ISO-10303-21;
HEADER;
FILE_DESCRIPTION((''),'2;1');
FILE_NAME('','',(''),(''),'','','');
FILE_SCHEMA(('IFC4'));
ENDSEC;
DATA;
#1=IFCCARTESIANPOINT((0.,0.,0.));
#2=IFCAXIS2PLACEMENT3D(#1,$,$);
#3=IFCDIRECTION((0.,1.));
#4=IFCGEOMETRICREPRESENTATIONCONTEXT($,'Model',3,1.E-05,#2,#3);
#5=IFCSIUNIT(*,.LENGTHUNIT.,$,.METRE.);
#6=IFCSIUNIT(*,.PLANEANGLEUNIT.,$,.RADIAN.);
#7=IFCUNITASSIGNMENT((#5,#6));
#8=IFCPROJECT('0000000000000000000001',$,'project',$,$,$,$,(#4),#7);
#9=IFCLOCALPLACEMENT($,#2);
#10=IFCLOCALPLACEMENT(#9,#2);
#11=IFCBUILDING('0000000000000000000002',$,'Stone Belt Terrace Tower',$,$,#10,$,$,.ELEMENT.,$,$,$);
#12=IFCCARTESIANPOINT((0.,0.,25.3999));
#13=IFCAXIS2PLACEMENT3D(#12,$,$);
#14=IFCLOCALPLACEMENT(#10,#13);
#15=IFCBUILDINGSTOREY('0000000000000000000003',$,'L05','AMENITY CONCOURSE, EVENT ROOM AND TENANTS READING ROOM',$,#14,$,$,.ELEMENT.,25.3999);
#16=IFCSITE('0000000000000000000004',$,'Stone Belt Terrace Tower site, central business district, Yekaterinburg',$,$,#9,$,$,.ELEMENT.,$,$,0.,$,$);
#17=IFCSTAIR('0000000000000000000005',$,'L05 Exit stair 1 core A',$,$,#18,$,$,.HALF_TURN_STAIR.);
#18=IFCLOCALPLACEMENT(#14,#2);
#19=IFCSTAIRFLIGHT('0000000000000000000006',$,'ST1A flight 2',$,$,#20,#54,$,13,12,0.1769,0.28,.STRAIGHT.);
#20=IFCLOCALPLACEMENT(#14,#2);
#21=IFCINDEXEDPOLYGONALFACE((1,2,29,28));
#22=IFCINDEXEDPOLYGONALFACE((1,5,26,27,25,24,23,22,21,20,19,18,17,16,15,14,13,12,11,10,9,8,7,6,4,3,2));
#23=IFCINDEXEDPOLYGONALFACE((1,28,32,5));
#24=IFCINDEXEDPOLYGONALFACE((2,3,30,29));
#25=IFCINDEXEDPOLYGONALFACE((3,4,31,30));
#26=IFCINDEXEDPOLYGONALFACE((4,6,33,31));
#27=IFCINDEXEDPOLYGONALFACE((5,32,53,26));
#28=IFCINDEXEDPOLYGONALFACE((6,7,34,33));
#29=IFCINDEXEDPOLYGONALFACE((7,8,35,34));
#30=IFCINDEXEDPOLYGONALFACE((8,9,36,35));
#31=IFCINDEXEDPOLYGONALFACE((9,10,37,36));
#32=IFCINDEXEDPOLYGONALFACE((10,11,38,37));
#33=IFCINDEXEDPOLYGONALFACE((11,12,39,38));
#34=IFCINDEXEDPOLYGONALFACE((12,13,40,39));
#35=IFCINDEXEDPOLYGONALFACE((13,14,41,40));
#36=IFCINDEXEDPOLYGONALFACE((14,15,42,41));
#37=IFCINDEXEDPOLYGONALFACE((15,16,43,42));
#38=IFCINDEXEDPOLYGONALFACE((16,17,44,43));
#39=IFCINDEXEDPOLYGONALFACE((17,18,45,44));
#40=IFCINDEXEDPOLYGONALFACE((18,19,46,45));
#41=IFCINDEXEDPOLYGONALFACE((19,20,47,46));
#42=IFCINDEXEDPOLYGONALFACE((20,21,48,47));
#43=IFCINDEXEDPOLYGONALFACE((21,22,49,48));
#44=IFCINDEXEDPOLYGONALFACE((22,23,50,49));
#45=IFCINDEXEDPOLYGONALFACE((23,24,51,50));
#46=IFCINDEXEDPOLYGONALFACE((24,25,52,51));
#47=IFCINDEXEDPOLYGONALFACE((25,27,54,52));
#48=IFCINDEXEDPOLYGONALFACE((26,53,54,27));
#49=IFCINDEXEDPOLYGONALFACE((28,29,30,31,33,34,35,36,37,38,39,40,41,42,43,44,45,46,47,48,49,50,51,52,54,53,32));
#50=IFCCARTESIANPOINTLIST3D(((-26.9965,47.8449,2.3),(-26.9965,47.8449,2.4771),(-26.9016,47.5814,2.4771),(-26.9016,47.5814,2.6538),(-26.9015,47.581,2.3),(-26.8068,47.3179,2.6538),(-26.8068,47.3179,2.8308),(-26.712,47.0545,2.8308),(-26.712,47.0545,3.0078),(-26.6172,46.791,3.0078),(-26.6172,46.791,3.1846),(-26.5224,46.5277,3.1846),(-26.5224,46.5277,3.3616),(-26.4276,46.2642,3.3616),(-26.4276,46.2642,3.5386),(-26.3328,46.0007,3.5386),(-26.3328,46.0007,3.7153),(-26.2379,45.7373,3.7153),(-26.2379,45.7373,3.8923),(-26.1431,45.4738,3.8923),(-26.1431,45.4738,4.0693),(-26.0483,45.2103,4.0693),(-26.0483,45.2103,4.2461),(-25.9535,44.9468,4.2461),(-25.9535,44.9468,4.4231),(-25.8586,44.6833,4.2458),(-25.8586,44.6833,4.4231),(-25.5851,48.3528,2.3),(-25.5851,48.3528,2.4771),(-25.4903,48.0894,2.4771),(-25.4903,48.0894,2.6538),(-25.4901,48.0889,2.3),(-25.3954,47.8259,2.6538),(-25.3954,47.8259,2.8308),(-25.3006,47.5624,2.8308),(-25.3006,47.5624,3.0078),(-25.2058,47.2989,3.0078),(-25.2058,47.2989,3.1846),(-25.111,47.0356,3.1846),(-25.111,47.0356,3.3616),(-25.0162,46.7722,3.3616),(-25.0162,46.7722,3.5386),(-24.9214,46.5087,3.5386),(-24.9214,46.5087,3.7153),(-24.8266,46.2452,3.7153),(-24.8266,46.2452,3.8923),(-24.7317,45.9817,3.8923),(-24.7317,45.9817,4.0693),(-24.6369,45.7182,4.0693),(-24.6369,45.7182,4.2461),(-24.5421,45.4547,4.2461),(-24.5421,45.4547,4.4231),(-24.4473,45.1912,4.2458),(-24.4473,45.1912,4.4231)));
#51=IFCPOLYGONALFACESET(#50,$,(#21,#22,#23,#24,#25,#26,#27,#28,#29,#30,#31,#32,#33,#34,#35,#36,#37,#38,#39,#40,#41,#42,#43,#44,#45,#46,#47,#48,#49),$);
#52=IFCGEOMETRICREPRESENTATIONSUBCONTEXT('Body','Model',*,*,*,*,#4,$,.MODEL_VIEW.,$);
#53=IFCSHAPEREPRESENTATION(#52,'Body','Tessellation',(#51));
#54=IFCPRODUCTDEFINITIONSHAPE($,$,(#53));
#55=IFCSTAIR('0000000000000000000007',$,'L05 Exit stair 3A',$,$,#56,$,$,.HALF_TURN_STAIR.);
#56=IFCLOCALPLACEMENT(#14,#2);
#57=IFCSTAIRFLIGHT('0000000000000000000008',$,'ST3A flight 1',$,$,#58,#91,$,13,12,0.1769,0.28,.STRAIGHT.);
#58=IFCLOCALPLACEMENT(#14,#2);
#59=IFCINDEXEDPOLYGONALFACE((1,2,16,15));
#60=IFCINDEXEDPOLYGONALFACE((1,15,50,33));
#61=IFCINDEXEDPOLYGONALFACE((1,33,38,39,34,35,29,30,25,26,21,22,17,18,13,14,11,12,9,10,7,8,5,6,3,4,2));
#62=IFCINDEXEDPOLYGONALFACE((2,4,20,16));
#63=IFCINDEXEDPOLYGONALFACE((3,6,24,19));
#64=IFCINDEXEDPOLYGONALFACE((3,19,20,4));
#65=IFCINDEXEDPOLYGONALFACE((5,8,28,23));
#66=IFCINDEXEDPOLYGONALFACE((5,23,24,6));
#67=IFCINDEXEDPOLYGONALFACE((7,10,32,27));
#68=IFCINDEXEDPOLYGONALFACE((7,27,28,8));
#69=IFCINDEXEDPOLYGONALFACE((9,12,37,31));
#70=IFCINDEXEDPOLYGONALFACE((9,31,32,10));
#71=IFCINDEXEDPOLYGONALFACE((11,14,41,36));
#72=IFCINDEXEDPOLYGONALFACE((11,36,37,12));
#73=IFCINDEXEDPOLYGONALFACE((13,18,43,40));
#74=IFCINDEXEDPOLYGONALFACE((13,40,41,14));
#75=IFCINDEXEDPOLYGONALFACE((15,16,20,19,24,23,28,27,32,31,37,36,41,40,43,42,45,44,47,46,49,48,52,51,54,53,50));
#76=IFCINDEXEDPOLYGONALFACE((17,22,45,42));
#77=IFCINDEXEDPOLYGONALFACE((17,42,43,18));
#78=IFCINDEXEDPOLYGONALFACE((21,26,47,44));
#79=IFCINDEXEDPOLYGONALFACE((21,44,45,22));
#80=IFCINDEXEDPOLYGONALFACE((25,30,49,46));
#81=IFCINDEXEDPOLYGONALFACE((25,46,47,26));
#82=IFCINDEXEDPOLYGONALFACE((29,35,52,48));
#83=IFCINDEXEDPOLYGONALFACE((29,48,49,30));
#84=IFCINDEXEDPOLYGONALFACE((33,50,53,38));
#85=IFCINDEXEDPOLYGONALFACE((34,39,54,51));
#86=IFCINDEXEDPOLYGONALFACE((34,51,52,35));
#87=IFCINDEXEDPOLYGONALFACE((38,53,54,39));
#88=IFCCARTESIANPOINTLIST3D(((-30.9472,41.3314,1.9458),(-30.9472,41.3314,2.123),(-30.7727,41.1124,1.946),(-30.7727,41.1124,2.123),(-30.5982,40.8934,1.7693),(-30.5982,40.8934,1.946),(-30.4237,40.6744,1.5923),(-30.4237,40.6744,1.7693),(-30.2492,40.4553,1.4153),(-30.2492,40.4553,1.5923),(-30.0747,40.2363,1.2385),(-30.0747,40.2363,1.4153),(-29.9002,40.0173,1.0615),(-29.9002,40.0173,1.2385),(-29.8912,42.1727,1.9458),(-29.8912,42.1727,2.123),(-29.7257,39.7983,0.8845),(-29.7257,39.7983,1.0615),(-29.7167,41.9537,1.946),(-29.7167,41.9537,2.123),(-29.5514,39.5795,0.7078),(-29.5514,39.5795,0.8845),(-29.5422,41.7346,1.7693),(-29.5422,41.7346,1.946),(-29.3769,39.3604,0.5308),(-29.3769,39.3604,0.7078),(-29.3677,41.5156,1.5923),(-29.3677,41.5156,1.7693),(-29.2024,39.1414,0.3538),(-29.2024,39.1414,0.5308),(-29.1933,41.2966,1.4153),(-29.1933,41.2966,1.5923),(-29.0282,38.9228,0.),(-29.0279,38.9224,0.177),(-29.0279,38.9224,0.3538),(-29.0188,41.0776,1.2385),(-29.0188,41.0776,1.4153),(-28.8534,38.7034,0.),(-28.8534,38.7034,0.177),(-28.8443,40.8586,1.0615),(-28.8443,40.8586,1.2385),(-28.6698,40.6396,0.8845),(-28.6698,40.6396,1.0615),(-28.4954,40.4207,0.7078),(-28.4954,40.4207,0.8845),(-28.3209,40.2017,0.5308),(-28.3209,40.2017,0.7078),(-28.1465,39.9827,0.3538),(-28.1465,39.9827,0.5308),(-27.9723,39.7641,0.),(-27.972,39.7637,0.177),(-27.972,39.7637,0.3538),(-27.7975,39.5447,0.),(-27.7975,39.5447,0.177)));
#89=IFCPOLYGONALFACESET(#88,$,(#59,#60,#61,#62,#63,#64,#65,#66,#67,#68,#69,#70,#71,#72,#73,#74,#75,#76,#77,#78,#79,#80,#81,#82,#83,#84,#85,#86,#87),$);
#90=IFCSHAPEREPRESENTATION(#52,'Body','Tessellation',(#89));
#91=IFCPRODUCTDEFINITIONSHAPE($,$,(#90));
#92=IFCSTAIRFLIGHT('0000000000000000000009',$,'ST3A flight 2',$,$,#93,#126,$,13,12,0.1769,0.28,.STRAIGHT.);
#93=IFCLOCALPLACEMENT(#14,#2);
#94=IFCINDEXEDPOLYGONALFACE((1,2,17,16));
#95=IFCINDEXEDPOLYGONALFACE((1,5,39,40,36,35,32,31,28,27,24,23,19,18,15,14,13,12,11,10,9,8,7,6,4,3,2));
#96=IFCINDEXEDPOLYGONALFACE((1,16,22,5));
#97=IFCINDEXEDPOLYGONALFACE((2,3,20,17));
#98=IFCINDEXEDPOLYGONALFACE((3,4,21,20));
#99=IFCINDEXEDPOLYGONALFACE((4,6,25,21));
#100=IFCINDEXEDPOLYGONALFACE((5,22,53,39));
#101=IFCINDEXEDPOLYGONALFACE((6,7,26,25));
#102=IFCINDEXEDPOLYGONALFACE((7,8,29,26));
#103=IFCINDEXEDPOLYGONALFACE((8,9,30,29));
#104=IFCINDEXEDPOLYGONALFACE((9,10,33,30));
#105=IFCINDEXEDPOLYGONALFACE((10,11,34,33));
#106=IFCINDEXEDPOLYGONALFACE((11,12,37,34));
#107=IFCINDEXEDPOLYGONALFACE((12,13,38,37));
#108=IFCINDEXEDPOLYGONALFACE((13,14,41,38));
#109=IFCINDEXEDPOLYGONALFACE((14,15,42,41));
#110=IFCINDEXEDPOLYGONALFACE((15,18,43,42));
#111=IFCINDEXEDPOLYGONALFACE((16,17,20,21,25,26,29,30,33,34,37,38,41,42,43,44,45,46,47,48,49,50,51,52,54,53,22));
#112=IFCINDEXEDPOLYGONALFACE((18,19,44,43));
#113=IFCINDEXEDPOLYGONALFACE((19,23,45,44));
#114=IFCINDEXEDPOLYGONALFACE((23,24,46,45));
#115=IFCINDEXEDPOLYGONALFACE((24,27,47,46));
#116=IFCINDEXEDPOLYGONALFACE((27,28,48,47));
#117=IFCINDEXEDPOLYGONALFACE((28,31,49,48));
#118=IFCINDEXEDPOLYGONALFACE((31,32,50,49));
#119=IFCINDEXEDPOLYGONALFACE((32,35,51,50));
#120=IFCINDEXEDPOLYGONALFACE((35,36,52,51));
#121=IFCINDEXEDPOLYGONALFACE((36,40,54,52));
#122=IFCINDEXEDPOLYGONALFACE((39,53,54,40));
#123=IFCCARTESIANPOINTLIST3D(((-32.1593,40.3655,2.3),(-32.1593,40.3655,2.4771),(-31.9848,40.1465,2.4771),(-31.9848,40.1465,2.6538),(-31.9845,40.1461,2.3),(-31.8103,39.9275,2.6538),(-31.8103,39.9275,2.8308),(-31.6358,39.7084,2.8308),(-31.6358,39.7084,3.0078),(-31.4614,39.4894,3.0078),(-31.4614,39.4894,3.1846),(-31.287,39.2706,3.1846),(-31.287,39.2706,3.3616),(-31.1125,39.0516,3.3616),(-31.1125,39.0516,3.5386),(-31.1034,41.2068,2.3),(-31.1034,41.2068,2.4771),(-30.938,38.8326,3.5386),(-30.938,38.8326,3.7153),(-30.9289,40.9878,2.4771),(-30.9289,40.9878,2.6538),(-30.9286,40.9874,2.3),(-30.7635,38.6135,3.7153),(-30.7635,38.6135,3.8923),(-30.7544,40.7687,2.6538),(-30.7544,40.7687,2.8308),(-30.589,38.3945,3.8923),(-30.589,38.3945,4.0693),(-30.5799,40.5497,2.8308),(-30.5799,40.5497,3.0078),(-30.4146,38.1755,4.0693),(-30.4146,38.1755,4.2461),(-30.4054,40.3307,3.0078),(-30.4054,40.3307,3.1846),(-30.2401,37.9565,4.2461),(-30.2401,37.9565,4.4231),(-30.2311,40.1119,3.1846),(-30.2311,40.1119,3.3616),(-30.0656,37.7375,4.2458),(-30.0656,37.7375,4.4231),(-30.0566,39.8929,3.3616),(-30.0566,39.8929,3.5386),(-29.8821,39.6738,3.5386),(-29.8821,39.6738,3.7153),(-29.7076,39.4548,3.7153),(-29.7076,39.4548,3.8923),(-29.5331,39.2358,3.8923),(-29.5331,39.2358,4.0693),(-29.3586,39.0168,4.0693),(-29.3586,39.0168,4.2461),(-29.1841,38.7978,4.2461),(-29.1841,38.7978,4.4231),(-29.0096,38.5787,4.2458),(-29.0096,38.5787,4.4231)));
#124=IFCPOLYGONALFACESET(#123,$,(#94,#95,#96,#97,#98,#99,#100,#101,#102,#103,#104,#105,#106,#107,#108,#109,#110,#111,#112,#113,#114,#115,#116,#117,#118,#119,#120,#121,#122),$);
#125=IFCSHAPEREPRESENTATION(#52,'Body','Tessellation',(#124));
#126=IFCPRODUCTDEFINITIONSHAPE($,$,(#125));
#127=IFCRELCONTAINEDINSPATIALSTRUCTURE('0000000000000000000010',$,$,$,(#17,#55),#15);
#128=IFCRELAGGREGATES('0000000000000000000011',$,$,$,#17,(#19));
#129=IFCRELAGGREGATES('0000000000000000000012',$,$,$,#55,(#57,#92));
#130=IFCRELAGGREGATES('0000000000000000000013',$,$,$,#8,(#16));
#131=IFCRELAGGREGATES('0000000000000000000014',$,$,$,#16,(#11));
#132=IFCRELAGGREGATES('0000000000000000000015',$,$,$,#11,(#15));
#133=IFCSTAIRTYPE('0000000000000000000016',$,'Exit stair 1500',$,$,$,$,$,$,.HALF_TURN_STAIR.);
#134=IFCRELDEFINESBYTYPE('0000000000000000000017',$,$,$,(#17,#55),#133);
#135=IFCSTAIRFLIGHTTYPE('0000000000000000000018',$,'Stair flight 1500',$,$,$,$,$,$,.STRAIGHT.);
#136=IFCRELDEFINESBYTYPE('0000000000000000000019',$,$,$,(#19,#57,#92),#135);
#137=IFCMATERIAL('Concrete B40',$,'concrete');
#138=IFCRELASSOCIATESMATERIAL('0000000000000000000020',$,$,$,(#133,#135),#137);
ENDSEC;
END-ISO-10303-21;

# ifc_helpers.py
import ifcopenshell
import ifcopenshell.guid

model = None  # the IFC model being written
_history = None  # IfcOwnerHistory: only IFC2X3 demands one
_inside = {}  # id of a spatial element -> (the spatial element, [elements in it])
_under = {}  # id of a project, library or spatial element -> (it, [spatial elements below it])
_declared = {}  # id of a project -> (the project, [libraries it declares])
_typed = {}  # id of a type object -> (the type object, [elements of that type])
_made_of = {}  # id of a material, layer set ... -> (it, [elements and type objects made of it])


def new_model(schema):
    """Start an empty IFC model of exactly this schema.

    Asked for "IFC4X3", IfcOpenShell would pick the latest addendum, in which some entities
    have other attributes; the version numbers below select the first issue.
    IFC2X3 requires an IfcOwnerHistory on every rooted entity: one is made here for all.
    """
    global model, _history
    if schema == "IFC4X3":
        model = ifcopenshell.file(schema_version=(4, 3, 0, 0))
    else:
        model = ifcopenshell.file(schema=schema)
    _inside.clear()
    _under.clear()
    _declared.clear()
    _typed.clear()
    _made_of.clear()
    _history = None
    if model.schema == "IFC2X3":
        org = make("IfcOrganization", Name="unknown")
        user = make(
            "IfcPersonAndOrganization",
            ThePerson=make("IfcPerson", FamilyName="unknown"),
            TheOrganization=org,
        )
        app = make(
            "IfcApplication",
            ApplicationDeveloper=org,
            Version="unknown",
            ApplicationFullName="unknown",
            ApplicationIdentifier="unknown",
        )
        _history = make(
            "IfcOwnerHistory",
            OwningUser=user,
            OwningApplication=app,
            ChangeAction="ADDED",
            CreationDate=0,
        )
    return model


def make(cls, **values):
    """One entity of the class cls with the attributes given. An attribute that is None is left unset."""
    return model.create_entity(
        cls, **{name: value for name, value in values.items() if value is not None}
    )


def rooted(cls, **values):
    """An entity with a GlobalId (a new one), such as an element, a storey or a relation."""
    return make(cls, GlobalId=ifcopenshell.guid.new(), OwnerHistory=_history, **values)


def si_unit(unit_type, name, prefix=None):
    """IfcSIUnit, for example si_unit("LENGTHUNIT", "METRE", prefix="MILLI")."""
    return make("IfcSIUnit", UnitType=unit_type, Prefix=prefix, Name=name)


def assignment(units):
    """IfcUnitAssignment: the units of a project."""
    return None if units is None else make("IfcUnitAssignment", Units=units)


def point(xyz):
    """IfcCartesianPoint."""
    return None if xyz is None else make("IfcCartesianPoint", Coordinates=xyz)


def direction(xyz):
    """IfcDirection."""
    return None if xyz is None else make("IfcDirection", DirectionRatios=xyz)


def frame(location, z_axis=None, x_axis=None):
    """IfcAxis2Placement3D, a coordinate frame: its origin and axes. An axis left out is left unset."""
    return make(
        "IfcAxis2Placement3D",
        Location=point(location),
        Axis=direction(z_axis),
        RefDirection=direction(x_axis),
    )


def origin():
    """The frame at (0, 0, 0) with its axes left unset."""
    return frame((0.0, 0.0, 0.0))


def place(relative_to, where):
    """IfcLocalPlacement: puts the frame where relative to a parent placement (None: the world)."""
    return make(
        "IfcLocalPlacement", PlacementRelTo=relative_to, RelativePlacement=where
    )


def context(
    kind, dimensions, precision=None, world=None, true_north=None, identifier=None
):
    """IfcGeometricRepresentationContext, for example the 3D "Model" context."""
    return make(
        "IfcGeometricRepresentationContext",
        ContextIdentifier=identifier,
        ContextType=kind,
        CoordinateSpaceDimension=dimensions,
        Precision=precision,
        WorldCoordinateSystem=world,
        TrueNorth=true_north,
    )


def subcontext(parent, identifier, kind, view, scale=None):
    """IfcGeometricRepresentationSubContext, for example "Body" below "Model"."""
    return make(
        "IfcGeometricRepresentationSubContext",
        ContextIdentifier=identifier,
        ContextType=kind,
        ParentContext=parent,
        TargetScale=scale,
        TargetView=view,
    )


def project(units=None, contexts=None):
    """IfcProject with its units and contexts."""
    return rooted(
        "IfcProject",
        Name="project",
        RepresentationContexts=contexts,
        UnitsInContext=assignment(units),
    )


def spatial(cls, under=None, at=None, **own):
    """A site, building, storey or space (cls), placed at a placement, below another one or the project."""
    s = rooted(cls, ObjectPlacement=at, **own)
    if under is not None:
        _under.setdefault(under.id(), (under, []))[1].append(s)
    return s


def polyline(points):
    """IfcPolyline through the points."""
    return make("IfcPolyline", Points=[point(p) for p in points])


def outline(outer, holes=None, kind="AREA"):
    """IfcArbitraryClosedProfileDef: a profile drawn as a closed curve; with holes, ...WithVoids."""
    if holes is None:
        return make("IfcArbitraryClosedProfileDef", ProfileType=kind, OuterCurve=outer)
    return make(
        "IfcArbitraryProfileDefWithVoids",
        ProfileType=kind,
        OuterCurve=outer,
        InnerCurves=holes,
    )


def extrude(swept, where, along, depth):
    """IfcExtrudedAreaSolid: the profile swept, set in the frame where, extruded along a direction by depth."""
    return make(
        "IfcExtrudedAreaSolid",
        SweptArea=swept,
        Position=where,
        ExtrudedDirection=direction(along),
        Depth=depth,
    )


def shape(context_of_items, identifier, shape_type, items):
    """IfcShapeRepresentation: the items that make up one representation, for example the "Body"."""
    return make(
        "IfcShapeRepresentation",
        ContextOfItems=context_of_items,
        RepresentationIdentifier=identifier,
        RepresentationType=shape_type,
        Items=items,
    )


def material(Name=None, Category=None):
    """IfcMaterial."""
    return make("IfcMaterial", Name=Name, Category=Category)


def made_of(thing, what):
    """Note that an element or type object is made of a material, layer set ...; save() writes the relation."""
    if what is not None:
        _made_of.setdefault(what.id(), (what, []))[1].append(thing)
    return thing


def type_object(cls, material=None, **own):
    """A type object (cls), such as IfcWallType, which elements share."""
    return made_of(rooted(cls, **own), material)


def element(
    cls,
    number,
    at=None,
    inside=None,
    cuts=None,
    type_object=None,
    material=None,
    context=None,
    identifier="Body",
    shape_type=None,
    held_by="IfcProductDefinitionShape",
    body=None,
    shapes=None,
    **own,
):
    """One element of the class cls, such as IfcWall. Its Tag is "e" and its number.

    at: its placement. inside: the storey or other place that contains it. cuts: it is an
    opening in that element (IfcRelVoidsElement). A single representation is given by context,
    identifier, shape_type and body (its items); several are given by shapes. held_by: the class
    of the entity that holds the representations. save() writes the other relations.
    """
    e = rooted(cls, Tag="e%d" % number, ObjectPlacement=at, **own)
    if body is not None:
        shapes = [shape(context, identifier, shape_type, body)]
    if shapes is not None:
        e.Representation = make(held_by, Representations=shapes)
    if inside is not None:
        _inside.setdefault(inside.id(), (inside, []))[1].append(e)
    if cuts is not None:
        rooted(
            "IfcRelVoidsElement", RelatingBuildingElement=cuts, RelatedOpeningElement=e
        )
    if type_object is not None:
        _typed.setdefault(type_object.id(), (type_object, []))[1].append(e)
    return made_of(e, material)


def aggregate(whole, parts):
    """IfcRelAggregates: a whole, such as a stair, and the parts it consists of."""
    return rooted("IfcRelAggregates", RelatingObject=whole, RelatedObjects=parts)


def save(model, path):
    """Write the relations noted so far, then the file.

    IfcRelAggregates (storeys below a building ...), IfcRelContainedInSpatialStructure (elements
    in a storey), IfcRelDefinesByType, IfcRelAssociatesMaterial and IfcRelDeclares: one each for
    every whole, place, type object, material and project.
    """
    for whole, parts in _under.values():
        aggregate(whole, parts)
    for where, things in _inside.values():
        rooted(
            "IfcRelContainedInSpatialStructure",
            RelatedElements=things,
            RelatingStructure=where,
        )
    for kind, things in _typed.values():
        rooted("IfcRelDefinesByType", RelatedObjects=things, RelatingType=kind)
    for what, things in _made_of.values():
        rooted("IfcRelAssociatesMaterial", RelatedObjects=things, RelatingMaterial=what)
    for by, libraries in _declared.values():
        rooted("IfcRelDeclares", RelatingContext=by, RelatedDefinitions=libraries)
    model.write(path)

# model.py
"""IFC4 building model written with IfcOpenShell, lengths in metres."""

from ifc_helpers import new_model, si_unit, direction, frame, origin, place, context, subcontext, project, spatial, polyline, outline, extrude, material, type_object, element, aggregate, save


model = new_model("IFC4")

# Units and contexts
model_context = context("Model", 3, precision=1e-05, world=origin(), true_north=direction((0.0, 1.0)))
body_context = subcontext(model_context, "Body", "Model", "MODEL_VIEW")
ifc_project = project(units=[si_unit("LENGTHUNIT", "METRE"), si_unit("PLANEANGLEUNIT", "RADIAN")], contexts=[model_context])

# Site, building, storey
site_placement = place(None, origin())
site = spatial("IfcSite", under=ifc_project, at=site_placement, Name="Stone Belt Terrace Tower site, central business district, Yekaterinburg", CompositionType="ELEMENT", RefElevation=0.0)
building_placement = place(site_placement, origin())
building = spatial("IfcBuilding", under=site, at=building_placement, Name="Stone Belt Terrace Tower", CompositionType="ELEMENT")
storey_placement = place(building_placement, frame((0.0, 0.0, 25.3999)))
storey = spatial("IfcBuildingStorey", under=building, at=storey_placement, Name="L05", Description="AMENITY CONCOURSE, EVENT ROOM AND TENANTS READING ROOM", CompositionType="ELEMENT", Elevation=25.3999)

# Stairs, stair flights
ifc_material_1 = material(Name="Concrete B40", Category="concrete")
stair_type = type_object("IfcStairType", Name="Exit stair 1500", PredefinedType="HALF_TURN_STAIR", material=ifc_material_1)
stair_1_placement = place(storey_placement, origin())
stair_1 = element("IfcStair", 1, at=stair_1_placement, inside=storey, type_object=stair_type, Name="L05 Exit stair 1 core A", PredefinedType="HALF_TURN_STAIR")
stair_flight_type = type_object("IfcStairFlightType", Name="Stair flight 1500", PredefinedType="STRAIGHT", material=ifc_material_1)
stair_flight_1_placement = place(storey_placement, frame((-26.2908, 48.0989, 2.3), z_axis=(0.0, 0.0, 1.0), x_axis=(0.338624, -0.940922, 0.0)))
stair_flight_1 = element("IfcStairFlight", 2, at=stair_flight_1_placement, type_object=stair_flight_type, Name="ST1A flight 2", NumberOfRisers=13, NumberOfTreads=12, PredefinedType="STRAIGHT", RiserHeight=0.1769, TreadLength=0.28, context=body_context, shape_type="SweptSolid", body=[
    extrude(outline(polyline([(0.0, 0.0), (0.0, 0.177), (0.28, 0.177), (0.28, 0.3538), (0.5601, 0.3538), (0.5601, 0.5308), (0.8401, 0.5308), (0.8401, 0.7078), (1.1201, 0.7078), (1.1201, 0.8845), (1.3999, 0.8845), (1.3999, 1.0615), (1.6799, 1.0615), (1.6799, 1.2385), (1.96, 1.2385), (1.96, 1.4153), (2.24, 1.4153), (2.24, 1.5923), (2.52, 1.5923), (2.52, 1.7693), (2.8, 1.7693), (2.8, 1.946), (3.0801, 1.946), (3.0801, 2.123), (3.3601, 2.123), (3.3601, 2.3), (3.3601, 1.9458), (0.2805, 0.0), (0.0, 0.0)])), frame((0.0, 0.75, 0.0), z_axis=(0.0, -1.0, 0.0), x_axis=(1.0, 0.0, 0.0)), (0.0, 0.0, 1.0), 1.5),
])
aggregate(stair_1, [stair_flight_1])
stair_2_placement = place(storey_placement, origin())
stair_2 = element("IfcStair", 3, at=stair_2_placement, inside=storey, type_object=stair_type, Name="L05 Exit stair 3A", PredefinedType="HALF_TURN_STAIR")
stair_flight_2_placement = place(storey_placement, frame((-28.3254, 39.124, 0.0), z_axis=(0.0, 0.0, 1.0), x_axis=(-0.623121, 0.782125, 0.0)))
stair_flight_2 = element("IfcStairFlight", 4, at=stair_flight_2_placement, type_object=stair_flight_type, Name="ST3A flight 1", NumberOfRisers=13, NumberOfTreads=12, PredefinedType="STRAIGHT", RiserHeight=0.1769, TreadLength=0.28, context=body_context, shape_type="SweptSolid", body=[
    extrude(outline(polyline([(0.0, 0.0), (0.0, 0.177), (0.28, 0.177), (0.28, 0.3538), (0.5601, 0.3538), (0.5601, 0.5308), (0.8401, 0.5308), (0.8401, 0.7078), (1.1201, 0.7078), (1.1201, 0.8845), (1.3999, 0.8845), (1.3999, 1.0615), (1.6799, 1.0615), (1.6799, 1.2385), (1.96, 1.2385), (1.96, 1.4153), (2.24, 1.4153), (2.24, 1.5923), (2.52, 1.5923), (2.52, 1.7693), (2.8, 1.7693), (2.8, 1.946), (3.0801, 1.946), (3.0801, 2.123), (3.3601, 2.123), (3.3601, 2.3), (3.3601, 1.9458), (0.2805, 0.0), (0.0, 0.0)])), frame((0.0, 0.675, 0.0), z_axis=(0.0, -1.0, 0.0), x_axis=(1.0, 0.0, 0.0)), (0.0, 0.0, 1.0), 1.3501),
])
stair_flight_3_placement = place(storey_placement, frame((-31.6313, 40.7861, 2.3), z_axis=(0.0, 0.0, 1.0), x_axis=(0.623121, -0.782125, 0.0)))
stair_flight_3 = element("IfcStairFlight", 5, at=stair_flight_3_placement, type_object=stair_flight_type, Name="ST3A flight 2", NumberOfRisers=13, NumberOfTreads=12, PredefinedType="STRAIGHT", RiserHeight=0.1769, TreadLength=0.28, context=body_context, shape_type="SweptSolid", body=[
    extrude(outline(polyline([(0.0, 0.0), (0.0, 0.177), (0.28, 0.177), (0.28, 0.3538), (0.5601, 0.3538), (0.5601, 0.5308), (0.8401, 0.5308), (0.8401, 0.7078), (1.1201, 0.7078), (1.1201, 0.8845), (1.3999, 0.8845), (1.3999, 1.0615), (1.6799, 1.0615), (1.6799, 1.2385), (1.96, 1.2385), (1.96, 1.4153), (2.24, 1.4153), (2.24, 1.5923), (2.52, 1.5923), (2.52, 1.7693), (2.8, 1.7693), (2.8, 1.946), (3.0801, 1.946), (3.0801, 2.123), (3.3601, 2.123), (3.3601, 2.3), (3.3601, 1.9458), (0.2805, 0.0), (0.0, 0.0)])), frame((0.0, 0.675, 0.0), z_axis=(0.0, -1.0, 0.0), x_axis=(1.0, 0.0, 0.0)), (0.0, 0.0, 1.0), 1.3501),
])
aggregate(stair_2, [stair_flight_2, stair_flight_3])

save(model, "model.ifc")
